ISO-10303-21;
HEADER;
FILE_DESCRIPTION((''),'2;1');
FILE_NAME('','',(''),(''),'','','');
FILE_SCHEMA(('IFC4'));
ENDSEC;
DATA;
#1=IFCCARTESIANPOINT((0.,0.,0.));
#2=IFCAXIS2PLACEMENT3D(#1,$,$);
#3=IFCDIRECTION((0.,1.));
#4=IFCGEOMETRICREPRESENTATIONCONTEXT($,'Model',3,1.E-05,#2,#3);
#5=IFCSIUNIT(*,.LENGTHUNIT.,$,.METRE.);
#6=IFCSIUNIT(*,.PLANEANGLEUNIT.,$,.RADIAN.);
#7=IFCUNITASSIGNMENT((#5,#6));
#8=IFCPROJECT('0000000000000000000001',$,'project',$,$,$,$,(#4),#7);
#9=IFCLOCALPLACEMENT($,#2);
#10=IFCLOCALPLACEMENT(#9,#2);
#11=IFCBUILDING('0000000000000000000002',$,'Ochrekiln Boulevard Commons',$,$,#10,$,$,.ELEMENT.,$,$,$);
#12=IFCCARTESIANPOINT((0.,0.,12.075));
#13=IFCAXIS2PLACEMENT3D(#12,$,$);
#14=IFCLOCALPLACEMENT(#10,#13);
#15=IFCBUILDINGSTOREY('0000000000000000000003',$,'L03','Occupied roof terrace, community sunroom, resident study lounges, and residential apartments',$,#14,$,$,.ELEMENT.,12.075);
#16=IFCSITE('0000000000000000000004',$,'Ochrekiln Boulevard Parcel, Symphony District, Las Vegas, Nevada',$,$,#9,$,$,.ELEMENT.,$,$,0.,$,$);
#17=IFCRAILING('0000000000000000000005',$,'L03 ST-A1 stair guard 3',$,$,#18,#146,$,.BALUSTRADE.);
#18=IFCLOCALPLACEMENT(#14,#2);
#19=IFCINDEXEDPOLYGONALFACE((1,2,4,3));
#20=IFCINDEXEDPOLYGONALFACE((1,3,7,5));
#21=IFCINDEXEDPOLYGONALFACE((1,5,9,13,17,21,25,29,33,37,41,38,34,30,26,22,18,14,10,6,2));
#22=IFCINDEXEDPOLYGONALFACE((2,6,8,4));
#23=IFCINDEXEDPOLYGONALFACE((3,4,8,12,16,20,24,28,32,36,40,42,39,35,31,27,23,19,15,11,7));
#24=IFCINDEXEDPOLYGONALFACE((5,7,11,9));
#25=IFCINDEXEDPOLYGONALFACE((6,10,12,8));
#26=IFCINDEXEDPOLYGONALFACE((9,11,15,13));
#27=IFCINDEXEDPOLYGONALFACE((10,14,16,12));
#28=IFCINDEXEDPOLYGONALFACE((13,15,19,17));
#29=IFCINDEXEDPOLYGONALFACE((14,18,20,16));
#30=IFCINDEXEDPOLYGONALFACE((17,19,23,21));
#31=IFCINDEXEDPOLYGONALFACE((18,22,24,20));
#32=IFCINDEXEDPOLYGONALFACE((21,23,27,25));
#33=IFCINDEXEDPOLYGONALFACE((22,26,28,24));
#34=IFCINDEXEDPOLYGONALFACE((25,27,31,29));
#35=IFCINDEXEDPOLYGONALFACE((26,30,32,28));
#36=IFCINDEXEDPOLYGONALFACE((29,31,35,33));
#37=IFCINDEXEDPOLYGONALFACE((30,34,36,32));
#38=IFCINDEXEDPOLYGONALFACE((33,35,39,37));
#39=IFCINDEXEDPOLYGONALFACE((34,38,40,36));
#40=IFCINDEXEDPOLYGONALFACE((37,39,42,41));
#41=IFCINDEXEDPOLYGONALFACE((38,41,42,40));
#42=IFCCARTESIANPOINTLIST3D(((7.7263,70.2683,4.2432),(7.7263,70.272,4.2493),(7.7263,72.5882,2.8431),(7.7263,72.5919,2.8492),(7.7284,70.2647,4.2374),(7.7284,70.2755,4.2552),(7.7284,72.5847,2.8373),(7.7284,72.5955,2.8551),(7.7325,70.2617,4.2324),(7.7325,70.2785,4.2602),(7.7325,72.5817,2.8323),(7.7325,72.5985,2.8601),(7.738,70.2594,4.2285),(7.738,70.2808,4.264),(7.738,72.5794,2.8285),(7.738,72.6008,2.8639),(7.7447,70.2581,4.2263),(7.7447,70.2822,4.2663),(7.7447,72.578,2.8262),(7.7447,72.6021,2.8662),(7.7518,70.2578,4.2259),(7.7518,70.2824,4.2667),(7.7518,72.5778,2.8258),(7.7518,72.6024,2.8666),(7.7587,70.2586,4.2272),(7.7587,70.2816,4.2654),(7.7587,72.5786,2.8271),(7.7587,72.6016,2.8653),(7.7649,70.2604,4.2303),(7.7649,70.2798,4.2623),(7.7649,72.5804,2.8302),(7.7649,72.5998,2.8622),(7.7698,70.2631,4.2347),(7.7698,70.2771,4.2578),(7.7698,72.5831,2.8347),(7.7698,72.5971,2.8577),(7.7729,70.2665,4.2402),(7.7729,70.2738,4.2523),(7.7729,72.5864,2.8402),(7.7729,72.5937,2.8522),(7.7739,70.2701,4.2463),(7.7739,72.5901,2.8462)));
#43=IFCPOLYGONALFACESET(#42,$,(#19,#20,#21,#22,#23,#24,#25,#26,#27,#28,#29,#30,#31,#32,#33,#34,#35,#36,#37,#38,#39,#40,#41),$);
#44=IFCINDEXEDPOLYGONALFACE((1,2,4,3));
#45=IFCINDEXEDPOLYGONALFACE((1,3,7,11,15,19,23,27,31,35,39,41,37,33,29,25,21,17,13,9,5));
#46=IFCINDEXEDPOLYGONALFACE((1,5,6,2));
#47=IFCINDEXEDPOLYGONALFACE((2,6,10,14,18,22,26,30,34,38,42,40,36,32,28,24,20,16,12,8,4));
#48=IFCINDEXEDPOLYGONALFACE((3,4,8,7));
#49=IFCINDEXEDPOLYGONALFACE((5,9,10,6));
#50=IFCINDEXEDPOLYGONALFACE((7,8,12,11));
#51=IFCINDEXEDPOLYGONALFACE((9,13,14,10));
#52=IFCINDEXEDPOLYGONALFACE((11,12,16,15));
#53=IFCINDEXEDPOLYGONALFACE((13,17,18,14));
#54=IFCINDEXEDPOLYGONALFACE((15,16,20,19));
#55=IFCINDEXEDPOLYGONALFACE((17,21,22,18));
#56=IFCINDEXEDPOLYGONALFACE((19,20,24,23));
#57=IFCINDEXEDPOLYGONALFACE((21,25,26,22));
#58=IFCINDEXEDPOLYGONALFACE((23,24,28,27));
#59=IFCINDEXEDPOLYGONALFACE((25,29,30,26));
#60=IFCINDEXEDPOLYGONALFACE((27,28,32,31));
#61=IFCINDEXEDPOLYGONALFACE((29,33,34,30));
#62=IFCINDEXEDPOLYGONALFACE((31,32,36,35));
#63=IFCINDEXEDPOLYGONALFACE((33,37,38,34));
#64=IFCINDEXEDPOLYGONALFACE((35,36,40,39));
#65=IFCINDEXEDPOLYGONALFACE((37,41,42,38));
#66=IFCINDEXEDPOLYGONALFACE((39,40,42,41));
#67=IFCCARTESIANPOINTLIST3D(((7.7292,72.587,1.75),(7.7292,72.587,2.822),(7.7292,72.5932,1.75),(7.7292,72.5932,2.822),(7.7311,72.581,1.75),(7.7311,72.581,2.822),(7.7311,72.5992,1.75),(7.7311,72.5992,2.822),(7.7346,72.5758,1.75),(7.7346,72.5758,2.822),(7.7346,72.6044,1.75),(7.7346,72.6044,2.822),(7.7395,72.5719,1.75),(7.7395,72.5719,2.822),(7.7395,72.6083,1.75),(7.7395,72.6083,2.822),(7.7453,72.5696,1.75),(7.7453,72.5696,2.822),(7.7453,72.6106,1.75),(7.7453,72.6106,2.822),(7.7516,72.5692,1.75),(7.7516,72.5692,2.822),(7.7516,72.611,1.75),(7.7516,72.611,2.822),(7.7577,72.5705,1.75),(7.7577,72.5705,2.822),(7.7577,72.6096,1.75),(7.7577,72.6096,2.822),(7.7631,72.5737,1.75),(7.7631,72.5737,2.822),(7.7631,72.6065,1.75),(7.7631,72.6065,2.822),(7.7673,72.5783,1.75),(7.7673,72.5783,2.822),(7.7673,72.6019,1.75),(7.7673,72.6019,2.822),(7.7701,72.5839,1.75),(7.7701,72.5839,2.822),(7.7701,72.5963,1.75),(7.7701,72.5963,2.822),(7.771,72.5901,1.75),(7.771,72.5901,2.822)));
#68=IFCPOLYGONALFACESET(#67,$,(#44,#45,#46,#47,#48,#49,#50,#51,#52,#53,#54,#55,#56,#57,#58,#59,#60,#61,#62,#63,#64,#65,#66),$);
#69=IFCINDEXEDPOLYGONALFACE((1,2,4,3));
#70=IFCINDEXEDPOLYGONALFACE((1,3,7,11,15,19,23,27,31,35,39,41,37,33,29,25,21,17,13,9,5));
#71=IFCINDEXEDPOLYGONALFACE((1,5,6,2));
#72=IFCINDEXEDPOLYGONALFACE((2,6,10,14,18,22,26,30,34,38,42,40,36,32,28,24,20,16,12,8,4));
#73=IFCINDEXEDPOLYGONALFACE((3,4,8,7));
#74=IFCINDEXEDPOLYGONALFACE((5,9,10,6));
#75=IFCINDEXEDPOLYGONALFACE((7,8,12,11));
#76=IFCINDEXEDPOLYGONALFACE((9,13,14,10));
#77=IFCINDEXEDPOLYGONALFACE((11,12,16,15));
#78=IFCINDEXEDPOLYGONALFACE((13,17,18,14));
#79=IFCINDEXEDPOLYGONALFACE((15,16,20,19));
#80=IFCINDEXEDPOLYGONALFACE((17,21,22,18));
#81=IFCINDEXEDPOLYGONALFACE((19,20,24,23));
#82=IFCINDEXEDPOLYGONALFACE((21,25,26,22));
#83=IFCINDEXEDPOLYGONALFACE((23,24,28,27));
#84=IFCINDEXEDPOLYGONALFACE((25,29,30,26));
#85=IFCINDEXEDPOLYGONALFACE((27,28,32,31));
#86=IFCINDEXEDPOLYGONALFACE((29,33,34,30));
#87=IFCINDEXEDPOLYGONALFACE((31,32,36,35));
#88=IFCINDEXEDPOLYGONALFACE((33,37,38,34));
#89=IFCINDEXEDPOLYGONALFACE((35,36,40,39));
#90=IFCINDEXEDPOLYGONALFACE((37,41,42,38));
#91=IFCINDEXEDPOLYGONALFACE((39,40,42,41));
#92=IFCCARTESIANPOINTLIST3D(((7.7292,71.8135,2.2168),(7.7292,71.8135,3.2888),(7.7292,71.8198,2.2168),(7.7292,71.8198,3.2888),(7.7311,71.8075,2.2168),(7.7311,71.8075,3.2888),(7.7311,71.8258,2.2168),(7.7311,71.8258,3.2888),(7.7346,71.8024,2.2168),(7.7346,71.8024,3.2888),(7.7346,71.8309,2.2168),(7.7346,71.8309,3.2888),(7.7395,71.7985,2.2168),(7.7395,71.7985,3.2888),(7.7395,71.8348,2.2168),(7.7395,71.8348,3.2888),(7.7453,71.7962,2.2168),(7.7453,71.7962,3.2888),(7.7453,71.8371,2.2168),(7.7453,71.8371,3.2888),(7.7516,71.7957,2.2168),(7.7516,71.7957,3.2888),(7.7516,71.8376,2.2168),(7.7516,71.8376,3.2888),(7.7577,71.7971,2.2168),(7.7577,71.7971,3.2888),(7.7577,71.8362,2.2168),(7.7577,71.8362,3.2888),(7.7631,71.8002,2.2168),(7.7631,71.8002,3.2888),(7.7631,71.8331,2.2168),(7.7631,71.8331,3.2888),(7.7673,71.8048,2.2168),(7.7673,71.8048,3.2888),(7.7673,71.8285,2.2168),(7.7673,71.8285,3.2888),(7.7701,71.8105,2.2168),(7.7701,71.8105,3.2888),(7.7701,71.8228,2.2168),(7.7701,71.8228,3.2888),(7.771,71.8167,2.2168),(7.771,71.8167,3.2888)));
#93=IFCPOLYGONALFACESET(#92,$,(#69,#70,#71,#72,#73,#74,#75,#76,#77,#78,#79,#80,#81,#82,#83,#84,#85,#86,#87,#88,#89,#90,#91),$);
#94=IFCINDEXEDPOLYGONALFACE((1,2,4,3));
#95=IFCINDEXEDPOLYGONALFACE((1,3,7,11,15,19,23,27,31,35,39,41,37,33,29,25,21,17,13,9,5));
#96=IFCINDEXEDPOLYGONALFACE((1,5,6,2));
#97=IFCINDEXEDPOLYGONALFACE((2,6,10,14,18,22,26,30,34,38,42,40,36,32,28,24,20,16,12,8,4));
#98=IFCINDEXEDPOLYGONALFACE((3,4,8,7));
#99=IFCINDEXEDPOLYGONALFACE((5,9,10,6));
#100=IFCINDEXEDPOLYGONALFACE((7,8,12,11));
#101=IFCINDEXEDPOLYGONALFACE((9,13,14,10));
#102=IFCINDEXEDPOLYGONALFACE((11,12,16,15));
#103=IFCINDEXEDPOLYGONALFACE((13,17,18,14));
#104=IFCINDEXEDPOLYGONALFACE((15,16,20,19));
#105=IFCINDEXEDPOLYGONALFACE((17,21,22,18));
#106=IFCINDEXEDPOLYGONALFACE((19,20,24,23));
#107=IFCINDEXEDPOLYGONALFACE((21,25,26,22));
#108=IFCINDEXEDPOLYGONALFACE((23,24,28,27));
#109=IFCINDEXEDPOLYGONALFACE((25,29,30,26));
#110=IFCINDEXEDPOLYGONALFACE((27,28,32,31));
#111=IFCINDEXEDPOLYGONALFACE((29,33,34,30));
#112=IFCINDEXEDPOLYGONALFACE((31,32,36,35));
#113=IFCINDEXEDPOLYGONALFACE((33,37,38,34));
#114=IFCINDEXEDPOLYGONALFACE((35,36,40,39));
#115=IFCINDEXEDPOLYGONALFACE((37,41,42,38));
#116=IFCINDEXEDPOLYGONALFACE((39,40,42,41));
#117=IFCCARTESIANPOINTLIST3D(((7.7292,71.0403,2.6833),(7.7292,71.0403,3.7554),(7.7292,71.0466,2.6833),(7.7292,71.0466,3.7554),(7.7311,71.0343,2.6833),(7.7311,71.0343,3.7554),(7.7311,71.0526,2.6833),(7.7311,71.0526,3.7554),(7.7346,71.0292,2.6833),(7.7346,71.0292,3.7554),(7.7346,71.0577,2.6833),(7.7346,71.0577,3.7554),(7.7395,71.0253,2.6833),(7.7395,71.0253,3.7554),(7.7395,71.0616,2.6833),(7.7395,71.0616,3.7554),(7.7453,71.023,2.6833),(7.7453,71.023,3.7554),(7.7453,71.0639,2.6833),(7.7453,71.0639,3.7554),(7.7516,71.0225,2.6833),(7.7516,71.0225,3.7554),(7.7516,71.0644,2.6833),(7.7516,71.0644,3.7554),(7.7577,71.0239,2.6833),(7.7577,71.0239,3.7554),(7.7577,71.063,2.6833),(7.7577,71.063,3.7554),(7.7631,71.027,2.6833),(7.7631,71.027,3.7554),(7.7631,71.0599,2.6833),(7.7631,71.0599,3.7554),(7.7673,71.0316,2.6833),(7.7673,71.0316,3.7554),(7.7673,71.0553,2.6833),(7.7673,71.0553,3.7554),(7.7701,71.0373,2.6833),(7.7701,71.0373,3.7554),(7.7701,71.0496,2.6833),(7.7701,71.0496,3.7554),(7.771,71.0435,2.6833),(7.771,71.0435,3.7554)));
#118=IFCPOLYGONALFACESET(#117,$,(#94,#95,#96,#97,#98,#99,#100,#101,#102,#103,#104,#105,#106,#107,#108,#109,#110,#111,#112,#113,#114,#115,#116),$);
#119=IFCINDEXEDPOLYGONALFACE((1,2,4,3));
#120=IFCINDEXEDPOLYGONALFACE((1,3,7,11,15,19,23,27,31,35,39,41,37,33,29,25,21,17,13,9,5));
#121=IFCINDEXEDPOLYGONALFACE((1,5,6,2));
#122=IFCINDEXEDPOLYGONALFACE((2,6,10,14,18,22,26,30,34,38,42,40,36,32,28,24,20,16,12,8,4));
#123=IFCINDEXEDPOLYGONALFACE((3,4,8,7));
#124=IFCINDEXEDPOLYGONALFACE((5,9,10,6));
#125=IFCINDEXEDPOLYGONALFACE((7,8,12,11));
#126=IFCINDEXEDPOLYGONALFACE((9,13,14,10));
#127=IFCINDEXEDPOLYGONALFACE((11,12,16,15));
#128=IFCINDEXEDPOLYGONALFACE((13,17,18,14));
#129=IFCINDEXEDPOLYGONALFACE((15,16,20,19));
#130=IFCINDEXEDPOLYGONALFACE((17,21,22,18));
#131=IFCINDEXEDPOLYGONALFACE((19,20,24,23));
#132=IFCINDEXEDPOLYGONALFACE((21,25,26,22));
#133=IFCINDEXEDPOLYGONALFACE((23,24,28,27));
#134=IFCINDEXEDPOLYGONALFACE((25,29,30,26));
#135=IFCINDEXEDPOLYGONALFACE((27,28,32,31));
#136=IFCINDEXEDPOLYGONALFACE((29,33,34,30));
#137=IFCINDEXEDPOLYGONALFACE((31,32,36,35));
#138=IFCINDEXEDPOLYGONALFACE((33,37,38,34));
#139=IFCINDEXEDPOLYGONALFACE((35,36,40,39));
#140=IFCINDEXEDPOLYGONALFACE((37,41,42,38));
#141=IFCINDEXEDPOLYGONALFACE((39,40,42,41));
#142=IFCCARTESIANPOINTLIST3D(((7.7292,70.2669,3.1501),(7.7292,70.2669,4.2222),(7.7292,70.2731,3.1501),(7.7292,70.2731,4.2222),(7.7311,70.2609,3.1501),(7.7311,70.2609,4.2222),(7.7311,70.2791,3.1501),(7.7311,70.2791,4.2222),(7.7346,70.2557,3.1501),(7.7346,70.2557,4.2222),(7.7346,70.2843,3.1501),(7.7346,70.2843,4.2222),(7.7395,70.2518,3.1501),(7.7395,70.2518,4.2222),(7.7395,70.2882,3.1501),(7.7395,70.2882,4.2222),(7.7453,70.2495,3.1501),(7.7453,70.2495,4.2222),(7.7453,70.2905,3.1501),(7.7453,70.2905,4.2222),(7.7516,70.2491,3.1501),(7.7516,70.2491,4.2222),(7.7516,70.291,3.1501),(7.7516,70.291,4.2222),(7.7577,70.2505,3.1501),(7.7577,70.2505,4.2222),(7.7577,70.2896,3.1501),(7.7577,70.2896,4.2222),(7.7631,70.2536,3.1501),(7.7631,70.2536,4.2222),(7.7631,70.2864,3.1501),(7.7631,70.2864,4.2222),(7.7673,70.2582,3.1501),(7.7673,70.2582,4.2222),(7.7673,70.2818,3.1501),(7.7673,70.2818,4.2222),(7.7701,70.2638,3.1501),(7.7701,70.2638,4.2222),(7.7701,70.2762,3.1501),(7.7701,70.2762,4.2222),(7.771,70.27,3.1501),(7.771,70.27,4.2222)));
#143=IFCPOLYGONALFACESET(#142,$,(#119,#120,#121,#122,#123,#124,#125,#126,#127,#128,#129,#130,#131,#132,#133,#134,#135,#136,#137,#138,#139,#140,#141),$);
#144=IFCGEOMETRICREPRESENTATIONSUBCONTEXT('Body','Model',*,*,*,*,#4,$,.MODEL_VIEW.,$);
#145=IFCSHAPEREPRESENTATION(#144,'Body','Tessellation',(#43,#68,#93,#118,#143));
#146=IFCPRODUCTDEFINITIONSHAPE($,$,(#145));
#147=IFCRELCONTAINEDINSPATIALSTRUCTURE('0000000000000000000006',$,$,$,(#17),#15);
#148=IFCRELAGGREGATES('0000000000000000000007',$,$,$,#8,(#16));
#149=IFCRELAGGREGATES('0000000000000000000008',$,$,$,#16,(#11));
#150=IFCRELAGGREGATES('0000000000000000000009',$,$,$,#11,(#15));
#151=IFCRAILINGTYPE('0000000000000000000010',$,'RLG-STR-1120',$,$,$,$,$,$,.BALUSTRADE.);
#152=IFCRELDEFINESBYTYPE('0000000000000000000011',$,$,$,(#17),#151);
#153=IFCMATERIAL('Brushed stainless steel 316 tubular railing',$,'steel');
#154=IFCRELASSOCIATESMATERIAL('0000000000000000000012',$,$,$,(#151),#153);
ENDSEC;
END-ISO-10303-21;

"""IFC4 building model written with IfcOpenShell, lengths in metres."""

from ifc_helpers import new_model, si_unit, direction, frame, origin, origin_2d, place, context, subcontext, project, spatial, circle, extrude, material, type_object, element, save


model = new_model("IFC4")

# Units and contexts
model_context = context("Model", 3, precision=1e-05, world=origin(), true_north=direction((0.0, 1.0)))
body_context = subcontext(model_context, "Body", "Model", "MODEL_VIEW")
ifc_project = project(units=[si_unit("LENGTHUNIT", "METRE"), si_unit("PLANEANGLEUNIT", "RADIAN")], contexts=[model_context])

# Site, building, storey
site_placement = place(None, origin())
site = spatial("IfcSite", under=ifc_project, at=site_placement, Name="Ochrekiln Boulevard Parcel, Symphony District, Las Vegas, Nevada", CompositionType="ELEMENT", RefElevation=0.0)
building_placement = place(site_placement, origin())
building = spatial("IfcBuilding", under=site, at=building_placement, Name="Ochrekiln Boulevard Commons", CompositionType="ELEMENT")
storey_placement = place(building_placement, frame((0.0, 0.0, 12.075)))
storey = spatial("IfcBuildingStorey", under=building, at=storey_placement, Name="L03", Description="Occupied roof terrace, community sunroom, resident study lounges, and residential apartments", CompositionType="ELEMENT", Elevation=12.075)

# Railing
ifc_material_1 = material(Name="Brushed stainless steel 316 tubular railing", Category="steel")
railing_type_1 = type_object("IfcRailingType", Name="RLG-STR-1120", PredefinedType="BALUSTRADE", material=ifc_material_1)
railing_1_placement = place(storey_placement, frame((7.75, 72.5901, 1.75)))
element("IfcRailing", 1, at=railing_1_placement, inside=storey, type_object=railing_type_1, Name="L03 ST-A1 stair guard 3", PredefinedType="BALUSTRADE", context=body_context, shape_type="SweptSolid", body=[
    extrude(circle(Radius=0.0239, at=origin_2d()), frame((0.0, 0.0, 1.0962), z_axis=(0.0, -0.85617, 0.516693), x_axis=(1.0, 0.0, 0.0)), (0.0, 0.0, 1.0), 2.7097),
    extrude(circle(Radius=0.021, at=origin_2d()), origin(), (0.0, 0.0, 1.0), 1.072),
    extrude(circle(Radius=0.021, at=origin_2d()), frame((0.0, -0.7734, 0.4668)), (0.0, 0.0, 1.0), 1.072),
    extrude(circle(Radius=0.021, at=origin_2d()), frame((0.0, -1.5466, 0.9333)), (0.0, 0.0, 1.0), 1.072),
    extrude(circle(Radius=0.021, at=origin_2d()), frame((0.0, -2.3201, 1.4001)), (0.0, 0.0, 1.0), 1.072),
])

save(model, "model.ifc")
